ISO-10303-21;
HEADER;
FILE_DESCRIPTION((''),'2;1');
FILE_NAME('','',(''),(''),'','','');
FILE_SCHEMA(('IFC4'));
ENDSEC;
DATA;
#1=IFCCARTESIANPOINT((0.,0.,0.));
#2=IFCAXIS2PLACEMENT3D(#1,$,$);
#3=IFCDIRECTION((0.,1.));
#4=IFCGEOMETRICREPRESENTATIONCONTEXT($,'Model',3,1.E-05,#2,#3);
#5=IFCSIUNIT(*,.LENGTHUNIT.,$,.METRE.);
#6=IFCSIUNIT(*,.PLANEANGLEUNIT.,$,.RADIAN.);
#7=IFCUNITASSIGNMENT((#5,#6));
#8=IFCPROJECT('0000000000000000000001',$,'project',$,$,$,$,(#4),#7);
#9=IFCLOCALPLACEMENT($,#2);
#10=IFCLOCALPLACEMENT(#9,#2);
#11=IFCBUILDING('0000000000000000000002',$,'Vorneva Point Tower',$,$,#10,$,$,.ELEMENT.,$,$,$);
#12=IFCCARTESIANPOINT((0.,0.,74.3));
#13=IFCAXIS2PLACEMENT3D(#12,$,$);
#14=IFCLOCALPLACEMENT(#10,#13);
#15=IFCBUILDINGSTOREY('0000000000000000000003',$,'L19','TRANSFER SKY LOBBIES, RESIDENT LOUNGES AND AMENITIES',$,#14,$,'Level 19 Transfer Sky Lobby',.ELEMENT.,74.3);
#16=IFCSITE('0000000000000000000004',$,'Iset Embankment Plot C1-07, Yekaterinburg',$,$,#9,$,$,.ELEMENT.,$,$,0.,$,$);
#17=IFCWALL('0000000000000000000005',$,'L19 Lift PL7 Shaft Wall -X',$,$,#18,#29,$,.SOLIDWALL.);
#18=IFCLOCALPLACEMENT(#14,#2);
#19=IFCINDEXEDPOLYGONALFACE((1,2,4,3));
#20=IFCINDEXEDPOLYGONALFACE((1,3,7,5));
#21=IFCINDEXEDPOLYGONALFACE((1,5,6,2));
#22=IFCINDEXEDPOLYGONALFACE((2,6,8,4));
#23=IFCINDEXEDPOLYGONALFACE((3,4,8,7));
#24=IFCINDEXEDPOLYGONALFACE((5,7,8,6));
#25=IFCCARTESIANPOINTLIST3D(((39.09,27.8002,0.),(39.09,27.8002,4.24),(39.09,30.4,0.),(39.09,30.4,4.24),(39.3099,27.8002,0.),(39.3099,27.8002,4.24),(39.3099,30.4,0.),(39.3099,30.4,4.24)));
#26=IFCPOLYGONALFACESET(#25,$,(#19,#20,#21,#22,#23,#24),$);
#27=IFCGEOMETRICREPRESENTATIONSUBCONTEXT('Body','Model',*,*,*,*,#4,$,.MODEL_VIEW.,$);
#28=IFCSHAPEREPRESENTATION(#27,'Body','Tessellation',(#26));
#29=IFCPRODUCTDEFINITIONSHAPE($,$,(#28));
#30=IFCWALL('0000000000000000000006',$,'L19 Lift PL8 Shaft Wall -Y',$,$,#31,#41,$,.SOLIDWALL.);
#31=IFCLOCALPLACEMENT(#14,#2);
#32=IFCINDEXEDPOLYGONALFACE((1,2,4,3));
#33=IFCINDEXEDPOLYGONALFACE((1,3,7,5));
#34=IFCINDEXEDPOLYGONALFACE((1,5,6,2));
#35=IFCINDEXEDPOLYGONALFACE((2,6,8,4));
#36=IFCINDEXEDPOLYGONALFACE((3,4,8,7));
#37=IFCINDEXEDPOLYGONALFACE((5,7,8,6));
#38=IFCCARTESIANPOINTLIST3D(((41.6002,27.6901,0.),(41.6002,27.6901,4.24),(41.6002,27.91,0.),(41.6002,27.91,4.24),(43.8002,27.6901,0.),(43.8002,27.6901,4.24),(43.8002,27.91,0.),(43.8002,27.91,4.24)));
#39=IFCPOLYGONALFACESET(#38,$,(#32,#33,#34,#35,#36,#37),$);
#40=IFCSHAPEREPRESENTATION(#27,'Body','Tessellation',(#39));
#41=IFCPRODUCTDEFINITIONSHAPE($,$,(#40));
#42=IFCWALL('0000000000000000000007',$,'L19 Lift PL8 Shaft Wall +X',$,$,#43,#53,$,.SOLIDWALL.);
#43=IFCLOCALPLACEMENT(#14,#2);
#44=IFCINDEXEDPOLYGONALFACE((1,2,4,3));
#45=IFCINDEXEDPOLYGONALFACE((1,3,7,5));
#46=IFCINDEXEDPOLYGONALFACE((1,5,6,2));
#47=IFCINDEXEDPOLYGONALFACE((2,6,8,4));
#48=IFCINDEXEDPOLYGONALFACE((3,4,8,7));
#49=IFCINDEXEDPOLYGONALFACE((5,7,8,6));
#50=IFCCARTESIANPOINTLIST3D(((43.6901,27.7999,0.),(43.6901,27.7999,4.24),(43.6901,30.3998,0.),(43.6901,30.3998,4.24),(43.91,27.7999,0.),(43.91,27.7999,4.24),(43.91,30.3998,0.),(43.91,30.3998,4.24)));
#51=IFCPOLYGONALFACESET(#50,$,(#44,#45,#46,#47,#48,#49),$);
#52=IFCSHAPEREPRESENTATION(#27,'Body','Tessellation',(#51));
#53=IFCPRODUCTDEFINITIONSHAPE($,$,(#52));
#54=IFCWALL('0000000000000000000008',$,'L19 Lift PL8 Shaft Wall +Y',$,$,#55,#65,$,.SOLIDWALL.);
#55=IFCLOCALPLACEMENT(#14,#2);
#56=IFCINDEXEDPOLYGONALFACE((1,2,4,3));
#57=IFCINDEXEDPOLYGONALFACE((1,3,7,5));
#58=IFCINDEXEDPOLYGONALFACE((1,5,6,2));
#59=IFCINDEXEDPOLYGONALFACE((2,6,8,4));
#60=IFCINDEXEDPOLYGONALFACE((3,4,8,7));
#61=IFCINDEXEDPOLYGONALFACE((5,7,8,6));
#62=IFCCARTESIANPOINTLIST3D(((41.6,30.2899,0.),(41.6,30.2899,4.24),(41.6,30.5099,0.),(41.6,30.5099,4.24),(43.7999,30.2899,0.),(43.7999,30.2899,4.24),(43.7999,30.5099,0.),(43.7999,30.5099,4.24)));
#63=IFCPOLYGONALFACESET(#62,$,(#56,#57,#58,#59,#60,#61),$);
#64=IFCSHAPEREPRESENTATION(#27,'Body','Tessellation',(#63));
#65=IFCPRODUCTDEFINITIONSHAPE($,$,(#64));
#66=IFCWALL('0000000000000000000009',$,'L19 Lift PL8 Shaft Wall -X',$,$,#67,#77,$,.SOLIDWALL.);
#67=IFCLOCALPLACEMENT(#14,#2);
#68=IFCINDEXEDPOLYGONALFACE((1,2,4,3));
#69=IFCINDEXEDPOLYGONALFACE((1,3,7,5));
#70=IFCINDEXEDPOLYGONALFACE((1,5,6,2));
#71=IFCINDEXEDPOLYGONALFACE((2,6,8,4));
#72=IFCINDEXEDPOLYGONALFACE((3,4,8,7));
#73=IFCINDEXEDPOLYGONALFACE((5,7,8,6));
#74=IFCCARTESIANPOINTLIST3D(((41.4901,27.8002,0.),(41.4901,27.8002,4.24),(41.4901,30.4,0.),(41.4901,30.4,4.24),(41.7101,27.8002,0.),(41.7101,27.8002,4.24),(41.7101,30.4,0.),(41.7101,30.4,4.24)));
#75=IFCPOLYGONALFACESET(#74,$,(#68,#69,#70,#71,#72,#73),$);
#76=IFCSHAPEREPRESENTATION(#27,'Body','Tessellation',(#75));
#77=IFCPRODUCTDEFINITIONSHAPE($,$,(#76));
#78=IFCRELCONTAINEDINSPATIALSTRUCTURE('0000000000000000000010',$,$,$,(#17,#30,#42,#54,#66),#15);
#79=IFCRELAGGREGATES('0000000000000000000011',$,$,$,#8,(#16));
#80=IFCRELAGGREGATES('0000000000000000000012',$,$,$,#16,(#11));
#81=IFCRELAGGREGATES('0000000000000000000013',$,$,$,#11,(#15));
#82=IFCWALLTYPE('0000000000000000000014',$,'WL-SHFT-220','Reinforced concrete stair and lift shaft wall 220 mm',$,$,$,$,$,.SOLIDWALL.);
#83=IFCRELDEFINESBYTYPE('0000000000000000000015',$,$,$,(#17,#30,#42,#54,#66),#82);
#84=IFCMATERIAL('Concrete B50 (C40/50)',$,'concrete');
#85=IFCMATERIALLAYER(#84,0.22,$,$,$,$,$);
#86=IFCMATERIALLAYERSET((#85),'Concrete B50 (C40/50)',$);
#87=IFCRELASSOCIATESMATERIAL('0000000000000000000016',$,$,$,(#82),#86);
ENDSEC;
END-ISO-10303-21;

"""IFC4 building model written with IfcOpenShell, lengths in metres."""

from ifc_helpers import new_model, si_unit, direction, frame, frame_2d, origin, place, context, subcontext, project, spatial, rectangle, extrude, material, layer, layer_set, type_object, element, save


model = new_model("IFC4")

# Units and contexts
model_context = context("Model", 3, precision=1e-05, world=origin(), true_north=direction((0.0, 1.0)))
body_context = subcontext(model_context, "Body", "Model", "MODEL_VIEW")
ifc_project = project(units=[si_unit("LENGTHUNIT", "METRE"), si_unit("PLANEANGLEUNIT", "RADIAN")], contexts=[model_context])

# Site, building, storey
site_placement = place(None, origin())
site = spatial("IfcSite", under=ifc_project, at=site_placement, Name="Iset Embankment Plot C1-07, Yekaterinburg", CompositionType="ELEMENT", RefElevation=0.0)
building_placement = place(site_placement, origin())
building = spatial("IfcBuilding", under=site, at=building_placement, Name="Vorneva Point Tower", CompositionType="ELEMENT")
storey_placement = place(building_placement, frame((0.0, 0.0, 74.3)))
storey = spatial("IfcBuildingStorey", under=building, at=storey_placement, Name="L19", Description="TRANSFER SKY LOBBIES, RESIDENT LOUNGES AND AMENITIES", LongName="Level 19 Transfer Sky Lobby", CompositionType="ELEMENT", Elevation=74.3)

# Walls
ifc_material_1 = material(Name="Concrete B50 (C40/50)", Category="concrete")
ifc_layer_1 = layer(ifc_material_1, 0.22)
ifc_layer_set_1 = layer_set([ifc_layer_1], Name="Concrete B50 (C40/50)")
wall_type_1 = type_object("IfcWallType", Name="WL-SHFT-220", Description="Reinforced concrete stair and lift shaft wall 220 mm", PredefinedType="SOLIDWALL", material=ifc_layer_set_1)
wall_1_placement = place(storey_placement, frame((39.2, 30.3999, 0.0), z_axis=(0.0, 0.0, 1.0), x_axis=(0.0, -1.0, 0.0)))
element("IfcWall", 1, at=wall_1_placement, inside=storey, type_object=wall_type_1, Name="L19 Lift PL7 Shaft Wall -X", PredefinedType="SOLIDWALL", context=body_context, shape_type="SweptSolid", body=[
    extrude(rectangle(XDim=2.5999, YDim=0.22, at=frame_2d((1.2998, 0.0))), origin(), (0.0, 0.0, 1.0), 4.24),
])
wall_2_placement = place(storey_placement, frame((41.6001, 27.8, 0.0), z_axis=(0.0, 0.0, 1.0), x_axis=(1.0, 0.0, 0.0)))
element("IfcWall", 2, at=wall_2_placement, inside=storey, type_object=wall_type_1, Name="L19 Lift PL8 Shaft Wall -Y", PredefinedType="SOLIDWALL", context=body_context, shape_type="SweptSolid", body=[
    extrude(rectangle(XDim=2.2, YDim=0.22, at=frame_2d((1.1001, 0.0))), origin(), (0.0, 0.0, 1.0), 4.24),
])
wall_3_placement = place(storey_placement, frame((43.8, 27.8, 0.0), z_axis=(0.0, 0.0, 1.0), x_axis=(0.0, 1.0, 0.0)))
element("IfcWall", 3, at=wall_3_placement, inside=storey, type_object=wall_type_1, Name="L19 Lift PL8 Shaft Wall +X", PredefinedType="SOLIDWALL", context=body_context, shape_type="SweptSolid", body=[
    extrude(rectangle(XDim=2.5999, YDim=0.22, at=frame_2d((1.2998, 0.0))), origin(), (0.0, 0.0, 1.0), 4.24),
])
wall_4_placement = place(storey_placement, frame((43.8, 30.3999, 0.0), z_axis=(0.0, 0.0, 1.0), x_axis=(-1.0, 0.0, 0.0)))
element("IfcWall", 4, at=wall_4_placement, inside=storey, type_object=wall_type_1, Name="L19 Lift PL8 Shaft Wall +Y", PredefinedType="SOLIDWALL", context=body_context, shape_type="SweptSolid", body=[
    extrude(rectangle(XDim=2.2, YDim=0.22, at=frame_2d((1.1001, 0.0))), origin(), (0.0, 0.0, 1.0), 4.24),
])
wall_5_placement = place(storey_placement, frame((41.6001, 30.3999, 0.0), z_axis=(0.0, 0.0, 1.0), x_axis=(0.0, -1.0, 0.0)))
element("IfcWall", 5, at=wall_5_placement, inside=storey, type_object=wall_type_1, Name="L19 Lift PL8 Shaft Wall -X", PredefinedType="SOLIDWALL", context=body_context, shape_type="SweptSolid", body=[
    extrude(rectangle(XDim=2.5999, YDim=0.22, at=frame_2d((1.2998, 0.0))), origin(), (0.0, 0.0, 1.0), 4.24),
])

save(model, "model.ifc")
